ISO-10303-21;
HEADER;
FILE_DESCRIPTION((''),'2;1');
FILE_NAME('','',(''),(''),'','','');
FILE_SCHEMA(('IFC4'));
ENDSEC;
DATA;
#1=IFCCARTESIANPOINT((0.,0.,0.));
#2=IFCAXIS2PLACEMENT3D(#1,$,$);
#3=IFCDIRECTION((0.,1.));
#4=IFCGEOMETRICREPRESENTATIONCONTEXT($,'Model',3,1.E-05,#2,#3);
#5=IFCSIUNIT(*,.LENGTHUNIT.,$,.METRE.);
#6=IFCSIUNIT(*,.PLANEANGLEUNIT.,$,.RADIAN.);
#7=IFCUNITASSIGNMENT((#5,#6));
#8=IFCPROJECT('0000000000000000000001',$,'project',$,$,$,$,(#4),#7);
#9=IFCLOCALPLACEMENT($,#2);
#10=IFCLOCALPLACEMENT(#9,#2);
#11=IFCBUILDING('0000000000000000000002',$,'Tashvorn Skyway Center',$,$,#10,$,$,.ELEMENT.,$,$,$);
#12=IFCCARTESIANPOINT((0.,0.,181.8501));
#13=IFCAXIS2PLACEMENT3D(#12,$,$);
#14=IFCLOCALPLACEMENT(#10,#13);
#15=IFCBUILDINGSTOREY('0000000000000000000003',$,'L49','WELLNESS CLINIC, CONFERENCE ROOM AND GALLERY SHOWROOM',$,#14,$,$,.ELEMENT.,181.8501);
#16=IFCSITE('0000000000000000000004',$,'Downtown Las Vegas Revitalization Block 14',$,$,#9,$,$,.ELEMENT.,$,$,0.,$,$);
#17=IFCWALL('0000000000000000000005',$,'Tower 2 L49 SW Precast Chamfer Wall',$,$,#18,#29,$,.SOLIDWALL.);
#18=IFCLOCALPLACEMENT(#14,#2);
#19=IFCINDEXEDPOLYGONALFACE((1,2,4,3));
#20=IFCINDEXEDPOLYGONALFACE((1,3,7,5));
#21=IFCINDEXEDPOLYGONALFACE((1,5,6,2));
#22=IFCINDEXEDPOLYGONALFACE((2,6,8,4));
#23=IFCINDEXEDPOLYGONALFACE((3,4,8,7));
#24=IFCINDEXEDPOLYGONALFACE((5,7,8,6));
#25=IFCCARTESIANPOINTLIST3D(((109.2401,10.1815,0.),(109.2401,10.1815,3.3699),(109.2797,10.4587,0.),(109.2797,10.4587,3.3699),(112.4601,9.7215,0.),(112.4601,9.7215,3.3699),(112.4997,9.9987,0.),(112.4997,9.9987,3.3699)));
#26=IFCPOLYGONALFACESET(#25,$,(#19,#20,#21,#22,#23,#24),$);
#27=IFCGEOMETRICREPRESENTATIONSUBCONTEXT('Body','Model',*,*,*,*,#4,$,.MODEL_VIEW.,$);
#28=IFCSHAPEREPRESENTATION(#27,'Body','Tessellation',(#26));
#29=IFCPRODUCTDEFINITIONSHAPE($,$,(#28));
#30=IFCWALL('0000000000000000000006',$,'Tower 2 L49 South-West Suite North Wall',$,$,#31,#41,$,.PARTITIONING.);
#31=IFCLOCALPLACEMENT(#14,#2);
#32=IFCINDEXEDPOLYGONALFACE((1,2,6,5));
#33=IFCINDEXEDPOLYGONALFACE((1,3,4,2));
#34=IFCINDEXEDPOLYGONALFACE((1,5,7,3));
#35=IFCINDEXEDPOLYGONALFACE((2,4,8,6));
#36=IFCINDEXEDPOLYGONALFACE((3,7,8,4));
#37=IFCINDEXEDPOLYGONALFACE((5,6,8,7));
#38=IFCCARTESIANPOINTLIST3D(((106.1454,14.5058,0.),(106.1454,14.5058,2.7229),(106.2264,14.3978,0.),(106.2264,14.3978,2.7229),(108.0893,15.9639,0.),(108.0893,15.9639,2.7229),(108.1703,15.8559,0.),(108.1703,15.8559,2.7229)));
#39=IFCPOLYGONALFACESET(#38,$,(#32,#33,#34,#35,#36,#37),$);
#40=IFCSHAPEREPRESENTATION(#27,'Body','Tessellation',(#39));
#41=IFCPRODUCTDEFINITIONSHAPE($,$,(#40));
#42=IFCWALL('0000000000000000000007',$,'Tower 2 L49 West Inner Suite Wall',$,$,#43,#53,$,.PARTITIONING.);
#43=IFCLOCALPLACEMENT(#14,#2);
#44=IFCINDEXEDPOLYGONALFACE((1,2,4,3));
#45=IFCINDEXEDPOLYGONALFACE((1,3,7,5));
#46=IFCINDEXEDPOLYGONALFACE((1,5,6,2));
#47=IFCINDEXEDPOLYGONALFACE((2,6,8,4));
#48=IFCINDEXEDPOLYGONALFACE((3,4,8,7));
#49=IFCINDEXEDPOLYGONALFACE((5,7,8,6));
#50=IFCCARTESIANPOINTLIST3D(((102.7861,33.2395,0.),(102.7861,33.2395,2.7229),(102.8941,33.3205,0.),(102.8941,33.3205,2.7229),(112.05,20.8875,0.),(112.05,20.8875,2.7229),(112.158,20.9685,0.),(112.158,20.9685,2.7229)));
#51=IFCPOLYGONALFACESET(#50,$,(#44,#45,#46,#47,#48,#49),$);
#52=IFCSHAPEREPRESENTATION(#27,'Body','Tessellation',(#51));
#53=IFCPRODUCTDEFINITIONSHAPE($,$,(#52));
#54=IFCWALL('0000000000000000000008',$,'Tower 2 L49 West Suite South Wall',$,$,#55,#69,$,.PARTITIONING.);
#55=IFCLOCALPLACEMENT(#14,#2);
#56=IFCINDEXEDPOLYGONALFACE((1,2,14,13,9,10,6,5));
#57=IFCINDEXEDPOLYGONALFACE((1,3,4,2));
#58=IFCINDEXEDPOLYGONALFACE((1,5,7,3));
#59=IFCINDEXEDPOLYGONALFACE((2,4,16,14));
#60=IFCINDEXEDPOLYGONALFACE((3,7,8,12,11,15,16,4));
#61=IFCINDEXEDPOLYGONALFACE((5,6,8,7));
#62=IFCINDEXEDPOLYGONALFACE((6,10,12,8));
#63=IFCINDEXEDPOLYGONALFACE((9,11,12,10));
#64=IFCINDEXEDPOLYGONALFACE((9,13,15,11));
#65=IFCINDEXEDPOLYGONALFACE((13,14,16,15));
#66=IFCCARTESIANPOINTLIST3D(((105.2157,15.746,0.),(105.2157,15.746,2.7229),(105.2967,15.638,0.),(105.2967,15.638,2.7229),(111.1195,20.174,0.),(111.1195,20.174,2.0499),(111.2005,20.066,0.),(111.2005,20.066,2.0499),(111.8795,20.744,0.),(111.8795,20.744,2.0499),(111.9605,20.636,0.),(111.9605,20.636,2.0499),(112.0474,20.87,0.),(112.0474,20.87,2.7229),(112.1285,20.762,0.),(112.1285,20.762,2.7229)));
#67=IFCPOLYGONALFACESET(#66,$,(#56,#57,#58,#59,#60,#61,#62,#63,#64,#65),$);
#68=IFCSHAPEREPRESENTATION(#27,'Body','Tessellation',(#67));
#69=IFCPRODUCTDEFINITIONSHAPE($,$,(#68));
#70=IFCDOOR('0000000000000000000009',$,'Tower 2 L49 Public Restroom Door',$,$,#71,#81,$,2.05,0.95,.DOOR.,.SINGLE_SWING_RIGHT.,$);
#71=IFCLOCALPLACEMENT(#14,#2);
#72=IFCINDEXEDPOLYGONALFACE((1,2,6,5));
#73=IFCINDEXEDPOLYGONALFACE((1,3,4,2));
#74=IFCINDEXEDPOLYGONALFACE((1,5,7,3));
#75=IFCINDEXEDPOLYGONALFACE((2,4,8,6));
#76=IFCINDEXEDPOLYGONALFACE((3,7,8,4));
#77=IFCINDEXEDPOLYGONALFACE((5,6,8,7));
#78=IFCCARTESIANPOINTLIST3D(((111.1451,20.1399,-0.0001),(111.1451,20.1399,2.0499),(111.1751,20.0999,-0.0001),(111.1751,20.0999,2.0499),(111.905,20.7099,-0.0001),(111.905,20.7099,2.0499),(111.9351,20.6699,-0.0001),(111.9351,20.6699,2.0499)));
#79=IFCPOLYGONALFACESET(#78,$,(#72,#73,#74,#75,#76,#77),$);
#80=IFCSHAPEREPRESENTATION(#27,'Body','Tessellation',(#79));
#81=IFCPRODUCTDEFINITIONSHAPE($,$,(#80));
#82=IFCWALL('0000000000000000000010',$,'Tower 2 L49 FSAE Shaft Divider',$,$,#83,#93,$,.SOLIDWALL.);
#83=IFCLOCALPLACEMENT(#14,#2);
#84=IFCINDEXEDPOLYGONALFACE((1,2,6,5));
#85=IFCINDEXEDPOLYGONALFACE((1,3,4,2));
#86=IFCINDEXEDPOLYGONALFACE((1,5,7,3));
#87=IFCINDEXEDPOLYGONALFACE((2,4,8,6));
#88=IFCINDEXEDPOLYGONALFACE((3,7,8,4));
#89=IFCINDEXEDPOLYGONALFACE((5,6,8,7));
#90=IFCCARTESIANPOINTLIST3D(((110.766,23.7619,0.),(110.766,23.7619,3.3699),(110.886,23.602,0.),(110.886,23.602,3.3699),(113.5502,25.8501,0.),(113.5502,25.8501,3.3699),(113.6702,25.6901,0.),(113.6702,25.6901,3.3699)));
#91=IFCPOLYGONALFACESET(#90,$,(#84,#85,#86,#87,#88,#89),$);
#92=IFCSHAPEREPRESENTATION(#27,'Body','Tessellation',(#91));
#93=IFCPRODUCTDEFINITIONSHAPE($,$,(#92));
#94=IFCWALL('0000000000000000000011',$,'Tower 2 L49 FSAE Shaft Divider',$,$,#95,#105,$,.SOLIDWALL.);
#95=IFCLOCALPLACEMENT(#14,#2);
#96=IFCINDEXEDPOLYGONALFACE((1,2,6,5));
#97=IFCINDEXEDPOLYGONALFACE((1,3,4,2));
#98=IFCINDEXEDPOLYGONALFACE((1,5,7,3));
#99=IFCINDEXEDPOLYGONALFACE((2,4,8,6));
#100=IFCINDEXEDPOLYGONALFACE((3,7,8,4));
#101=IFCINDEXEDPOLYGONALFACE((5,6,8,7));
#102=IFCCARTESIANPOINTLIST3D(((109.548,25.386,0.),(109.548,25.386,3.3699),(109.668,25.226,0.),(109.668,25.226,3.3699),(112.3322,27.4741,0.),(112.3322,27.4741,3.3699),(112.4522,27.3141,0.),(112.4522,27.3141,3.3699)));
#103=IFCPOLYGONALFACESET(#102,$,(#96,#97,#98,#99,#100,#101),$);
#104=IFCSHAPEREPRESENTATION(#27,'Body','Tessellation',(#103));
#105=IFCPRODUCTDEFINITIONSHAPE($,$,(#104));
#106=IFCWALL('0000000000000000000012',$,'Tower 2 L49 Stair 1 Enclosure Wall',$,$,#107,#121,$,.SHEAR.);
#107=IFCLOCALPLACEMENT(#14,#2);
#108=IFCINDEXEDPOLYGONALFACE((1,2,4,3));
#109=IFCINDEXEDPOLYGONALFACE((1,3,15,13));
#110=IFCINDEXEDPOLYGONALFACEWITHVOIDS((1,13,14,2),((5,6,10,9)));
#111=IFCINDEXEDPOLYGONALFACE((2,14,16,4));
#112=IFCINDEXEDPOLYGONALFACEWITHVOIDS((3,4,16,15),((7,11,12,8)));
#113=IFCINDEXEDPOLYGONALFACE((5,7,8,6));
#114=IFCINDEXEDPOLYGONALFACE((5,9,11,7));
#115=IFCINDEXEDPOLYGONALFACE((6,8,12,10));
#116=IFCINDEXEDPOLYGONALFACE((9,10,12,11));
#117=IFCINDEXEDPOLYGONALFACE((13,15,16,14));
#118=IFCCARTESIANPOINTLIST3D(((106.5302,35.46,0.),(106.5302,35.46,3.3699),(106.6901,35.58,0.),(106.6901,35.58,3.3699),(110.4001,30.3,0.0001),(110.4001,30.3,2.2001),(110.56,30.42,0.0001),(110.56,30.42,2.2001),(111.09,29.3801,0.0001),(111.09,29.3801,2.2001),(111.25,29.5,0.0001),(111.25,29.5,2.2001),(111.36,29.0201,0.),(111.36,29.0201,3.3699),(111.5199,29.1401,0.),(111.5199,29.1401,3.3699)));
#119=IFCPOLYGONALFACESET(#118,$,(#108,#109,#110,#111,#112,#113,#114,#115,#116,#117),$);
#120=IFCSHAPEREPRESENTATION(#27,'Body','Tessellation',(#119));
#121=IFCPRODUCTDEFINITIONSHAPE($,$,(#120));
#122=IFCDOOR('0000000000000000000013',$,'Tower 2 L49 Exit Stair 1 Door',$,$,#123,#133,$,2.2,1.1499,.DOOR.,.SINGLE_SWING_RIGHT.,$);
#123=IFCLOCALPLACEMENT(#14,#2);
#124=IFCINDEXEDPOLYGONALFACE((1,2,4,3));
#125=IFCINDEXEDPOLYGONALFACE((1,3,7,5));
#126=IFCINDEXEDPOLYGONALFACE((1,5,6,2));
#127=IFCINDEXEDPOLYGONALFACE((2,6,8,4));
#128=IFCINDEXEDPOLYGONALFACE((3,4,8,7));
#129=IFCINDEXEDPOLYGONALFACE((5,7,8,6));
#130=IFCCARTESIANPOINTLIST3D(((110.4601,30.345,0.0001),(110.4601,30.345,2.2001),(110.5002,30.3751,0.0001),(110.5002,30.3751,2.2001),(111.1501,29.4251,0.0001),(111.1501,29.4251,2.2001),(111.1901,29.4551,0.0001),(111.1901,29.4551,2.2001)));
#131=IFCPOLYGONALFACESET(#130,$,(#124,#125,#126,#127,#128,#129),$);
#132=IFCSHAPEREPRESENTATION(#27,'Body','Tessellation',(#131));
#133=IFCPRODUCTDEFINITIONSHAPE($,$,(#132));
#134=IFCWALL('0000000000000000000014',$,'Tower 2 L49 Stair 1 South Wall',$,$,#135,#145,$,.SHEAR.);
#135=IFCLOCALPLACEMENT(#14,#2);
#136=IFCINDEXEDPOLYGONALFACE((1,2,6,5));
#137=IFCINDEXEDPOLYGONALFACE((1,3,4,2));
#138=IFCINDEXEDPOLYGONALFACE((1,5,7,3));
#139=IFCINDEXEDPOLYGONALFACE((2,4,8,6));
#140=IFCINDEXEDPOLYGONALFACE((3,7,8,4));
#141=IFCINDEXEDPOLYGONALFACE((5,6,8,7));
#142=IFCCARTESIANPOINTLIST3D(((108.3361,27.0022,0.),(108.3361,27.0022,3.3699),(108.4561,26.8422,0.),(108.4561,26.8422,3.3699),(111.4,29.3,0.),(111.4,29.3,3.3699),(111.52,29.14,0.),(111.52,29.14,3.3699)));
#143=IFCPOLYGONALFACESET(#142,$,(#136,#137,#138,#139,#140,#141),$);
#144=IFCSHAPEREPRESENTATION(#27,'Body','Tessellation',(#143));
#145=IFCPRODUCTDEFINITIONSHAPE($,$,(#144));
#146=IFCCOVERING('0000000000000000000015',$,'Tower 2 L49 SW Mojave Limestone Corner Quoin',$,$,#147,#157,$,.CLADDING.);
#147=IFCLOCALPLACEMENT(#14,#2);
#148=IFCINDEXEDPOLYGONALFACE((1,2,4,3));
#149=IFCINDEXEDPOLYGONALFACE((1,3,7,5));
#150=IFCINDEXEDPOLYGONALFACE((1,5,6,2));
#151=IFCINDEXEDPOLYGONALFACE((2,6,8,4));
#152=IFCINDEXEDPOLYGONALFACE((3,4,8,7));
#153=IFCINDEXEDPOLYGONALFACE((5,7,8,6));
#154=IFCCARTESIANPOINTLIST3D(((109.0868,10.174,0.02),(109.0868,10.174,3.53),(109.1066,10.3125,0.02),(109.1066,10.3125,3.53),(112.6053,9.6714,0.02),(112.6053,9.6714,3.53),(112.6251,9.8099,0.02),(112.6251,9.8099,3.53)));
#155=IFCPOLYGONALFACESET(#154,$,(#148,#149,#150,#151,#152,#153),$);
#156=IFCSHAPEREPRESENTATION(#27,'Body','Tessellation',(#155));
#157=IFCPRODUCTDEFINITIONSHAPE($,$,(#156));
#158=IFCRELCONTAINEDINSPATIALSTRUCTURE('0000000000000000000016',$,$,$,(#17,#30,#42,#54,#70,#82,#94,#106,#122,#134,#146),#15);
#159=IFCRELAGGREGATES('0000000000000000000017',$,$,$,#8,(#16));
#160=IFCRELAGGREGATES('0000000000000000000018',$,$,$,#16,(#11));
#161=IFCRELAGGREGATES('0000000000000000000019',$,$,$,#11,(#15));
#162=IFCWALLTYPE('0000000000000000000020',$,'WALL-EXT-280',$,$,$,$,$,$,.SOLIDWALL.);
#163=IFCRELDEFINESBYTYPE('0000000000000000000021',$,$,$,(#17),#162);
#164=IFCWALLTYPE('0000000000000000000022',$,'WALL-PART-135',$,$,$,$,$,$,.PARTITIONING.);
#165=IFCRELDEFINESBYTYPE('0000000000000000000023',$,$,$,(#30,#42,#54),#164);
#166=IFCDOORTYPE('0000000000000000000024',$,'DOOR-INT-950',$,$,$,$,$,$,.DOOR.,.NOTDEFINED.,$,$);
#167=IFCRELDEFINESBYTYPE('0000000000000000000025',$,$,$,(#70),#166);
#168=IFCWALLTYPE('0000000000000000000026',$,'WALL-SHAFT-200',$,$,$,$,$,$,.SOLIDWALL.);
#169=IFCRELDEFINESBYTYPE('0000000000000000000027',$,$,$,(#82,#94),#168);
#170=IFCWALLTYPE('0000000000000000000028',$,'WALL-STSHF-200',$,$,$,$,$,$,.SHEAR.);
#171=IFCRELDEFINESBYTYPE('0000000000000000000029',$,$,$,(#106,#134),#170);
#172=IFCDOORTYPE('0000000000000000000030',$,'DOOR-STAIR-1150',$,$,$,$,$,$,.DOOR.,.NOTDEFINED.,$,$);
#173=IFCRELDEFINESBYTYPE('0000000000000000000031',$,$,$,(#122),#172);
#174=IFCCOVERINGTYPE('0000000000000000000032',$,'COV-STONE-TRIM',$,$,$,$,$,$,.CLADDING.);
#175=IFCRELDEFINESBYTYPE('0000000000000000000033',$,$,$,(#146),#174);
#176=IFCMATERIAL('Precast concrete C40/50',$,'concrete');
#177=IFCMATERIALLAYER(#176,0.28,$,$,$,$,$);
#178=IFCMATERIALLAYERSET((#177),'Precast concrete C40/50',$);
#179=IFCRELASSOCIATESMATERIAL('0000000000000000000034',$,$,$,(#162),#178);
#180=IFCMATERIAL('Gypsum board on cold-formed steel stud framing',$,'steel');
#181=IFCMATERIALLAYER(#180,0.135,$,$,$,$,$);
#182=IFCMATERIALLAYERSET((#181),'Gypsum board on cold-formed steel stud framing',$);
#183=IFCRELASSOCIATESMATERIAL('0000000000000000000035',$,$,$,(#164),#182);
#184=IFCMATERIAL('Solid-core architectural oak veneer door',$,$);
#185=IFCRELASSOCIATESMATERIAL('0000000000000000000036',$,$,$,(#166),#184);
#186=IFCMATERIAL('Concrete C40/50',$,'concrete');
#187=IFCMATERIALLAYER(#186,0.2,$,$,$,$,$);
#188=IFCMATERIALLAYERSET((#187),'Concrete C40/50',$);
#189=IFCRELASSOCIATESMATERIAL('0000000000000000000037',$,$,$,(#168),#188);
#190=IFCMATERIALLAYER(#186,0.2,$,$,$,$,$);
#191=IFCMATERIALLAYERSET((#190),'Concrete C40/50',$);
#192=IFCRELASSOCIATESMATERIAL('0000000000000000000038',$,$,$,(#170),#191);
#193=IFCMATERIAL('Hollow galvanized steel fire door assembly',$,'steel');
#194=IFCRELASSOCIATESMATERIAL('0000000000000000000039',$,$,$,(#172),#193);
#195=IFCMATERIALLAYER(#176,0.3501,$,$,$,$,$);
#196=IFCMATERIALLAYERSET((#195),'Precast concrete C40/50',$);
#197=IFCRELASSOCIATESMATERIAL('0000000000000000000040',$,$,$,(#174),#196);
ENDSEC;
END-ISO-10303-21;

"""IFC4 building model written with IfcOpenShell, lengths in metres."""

from ifc_helpers import new_model, si_unit, direction, frame, frame_2d, origin, origin_2d, place, context, subcontext, project, spatial, rectangle, extrude, material, layer, layer_set, type_object, element, fill, save


model = new_model("IFC4")

# Units and contexts
model_context = context("Model", 3, precision=1e-05, world=origin(), true_north=direction((0.0, 1.0)))
body_context = subcontext(model_context, "Body", "Model", "MODEL_VIEW")
ifc_project = project(units=[si_unit("LENGTHUNIT", "METRE"), si_unit("PLANEANGLEUNIT", "RADIAN")], contexts=[model_context])

# Site, building, storey
site_placement = place(None, origin())
site = spatial("IfcSite", under=ifc_project, at=site_placement, Name="Downtown Las Vegas Revitalization Block 14", CompositionType="ELEMENT", RefElevation=0.0)
building_placement = place(site_placement, origin())
building = spatial("IfcBuilding", under=site, at=building_placement, Name="Tashvorn Skyway Center", CompositionType="ELEMENT")
storey_placement = place(building_placement, frame((0.0, 0.0, 181.8501)))
storey = spatial("IfcBuildingStorey", under=building, at=storey_placement, Name="L49", Description="WELLNESS CLINIC, CONFERENCE ROOM AND GALLERY SHOWROOM", CompositionType="ELEMENT", Elevation=181.8501)

# Walls
ifc_material_1 = material(Name="Precast concrete C40/50", Category="concrete")
ifc_layer_1 = layer(ifc_material_1, 0.28)
ifc_layer_set_1 = layer_set([ifc_layer_1], Name="Precast concrete C40/50")
wall_type_1 = type_object("IfcWallType", Name="WALL-EXT-280", PredefinedType="SOLIDWALL", material=ifc_layer_set_1)
wall_1_placement = place(storey_placement, frame((112.48, 9.8601, 0.0), z_axis=(0.0, 0.0, 1.0), x_axis=(-0.989951, 0.141411, 0.0)))
element("IfcWall", 1, at=wall_1_placement, inside=storey, type_object=wall_type_1, Name="Tower 2 L49 SW Precast Chamfer Wall", PredefinedType="SOLIDWALL", context=body_context, shape_type="SweptSolid", body=[
    extrude(rectangle(XDim=3.2527, YDim=0.28, at=frame_2d((1.6265, 0.0))), origin(), (0.0, 0.0, 1.0), 3.3699),
])
ifc_material_2 = material(Name="Gypsum board on cold-formed steel stud framing", Category="steel")
ifc_layer_2 = layer(ifc_material_2, 0.135)
ifc_layer_set_2 = layer_set([ifc_layer_2], Name="Gypsum board on cold-formed steel stud framing")
wall_type_2 = type_object("IfcWallType", Name="WALL-PART-135", PredefinedType="PARTITIONING", material=ifc_layer_set_2)
wall_2_placement = place(storey_placement, frame((106.186, 14.4519, 0.0), z_axis=(0.0, 0.0, 1.0), x_axis=(0.799976, 0.600032, 0.0)))
element("IfcWall", 2, at=wall_2_placement, inside=storey, type_object=wall_type_2, Name="Tower 2 L49 South-West Suite North Wall", PredefinedType="PARTITIONING", context=body_context, shape_type="SweptSolid", body=[
    extrude(rectangle(XDim=2.4299, YDim=0.135, at=frame_2d((1.2148, 0.0))), origin(), (0.0, 0.0, 1.0), 2.7229),
])
wall_3_placement = place(storey_placement, frame((112.104, 20.928, 0.0), z_axis=(0.0, 0.0, 1.0), x_axis=(-0.599995, 0.800004, 0.0)))
element("IfcWall", 3, at=wall_3_placement, inside=storey, type_object=wall_type_2, Name="Tower 2 L49 West Inner Suite Wall", PredefinedType="PARTITIONING", context=body_context, shape_type="SweptSolid", body=[
    extrude(rectangle(XDim=15.4399, YDim=0.135, at=frame_2d((7.72, 0.0))), origin(), (0.0, 0.0, 1.0), 2.7229),
])

# Wall, opening, door
wall_4_placement = place(storey_placement, frame((105.2561, 15.6919, 0.0), z_axis=(0.0, 0.0, 1.0), x_axis=(0.79999, 0.600014, 0.0)))
wall_4 = element("IfcWall", 4, at=wall_4_placement, inside=storey, type_object=wall_type_2, Name="Tower 2 L49 West Suite South Wall", PredefinedType="PARTITIONING", context=body_context, shape_type="SweptSolid", body=[
    extrude(rectangle(XDim=8.5398, YDim=0.135, at=frame_2d((4.27, 0.0))), origin(), (0.0, 0.0, 1.0), 2.7229),
])
opening_1_placement = place(wall_4_placement, frame((7.3799, 0.0, 0.0)))
opening_1 = element("IfcOpeningElement", 5, at=opening_1_placement, cuts=wall_4, PredefinedType="OPENING", context=body_context, shape_type="SweptSolid", body=[
    extrude(rectangle(XDim=0.95, YDim=2.05, at=frame_2d((0.4751, 1.0249))), frame((0.0, 0.0774, 0.0), z_axis=(0.0, -1.0, 0.0), x_axis=(1.0, 0.0, 0.0)), (0.0, 0.0, 1.0), 0.155),
])
ifc_material_3 = material(Name="Solid-core architectural oak veneer door")
door_type_1 = type_object("IfcDoorType", Name="DOOR-INT-950", OperationType="NOTDEFINED", PredefinedType="DOOR", material=ifc_material_3)
door_1_placement = place(opening_1_placement, origin())
door_1 = element("IfcDoor", 6, at=door_1_placement, inside=storey, type_object=door_type_1, Name="Tower 2 L49 Public Restroom Door", OperationType="SINGLE_SWING_RIGHT", OverallHeight=2.05, OverallWidth=0.95, PredefinedType="DOOR", context=body_context, shape_type="SweptSolid", body=[
    extrude(rectangle(XDim=0.95, YDim=2.05, at=frame_2d((0.4751, 1.0249))), frame((0.0, 0.0249, 0.0), z_axis=(0.0, -1.0, 0.0), x_axis=(1.0, 0.0, 0.0)), (0.0, 0.0, 1.0), 0.05),
])
fill(opening_1, door_1)

# Walls
ifc_material_4 = material(Name="Concrete C40/50", Category="concrete")
ifc_layer_3 = layer(ifc_material_4, 0.2)
ifc_layer_set_3 = layer_set([ifc_layer_3], Name="Concrete C40/50")
wall_type_3 = type_object("IfcWallType", Name="WALL-SHAFT-200", PredefinedType="SOLIDWALL", material=ifc_layer_set_3)
for number, where, z_axis, x_axis, name in (
    (7, (110.8259, 23.6819, 0.0), (0.0, 0.0, 1.0), (0.8, 0.6, 0.0), "Tower 2 L49 FSAE Shaft Divider"),
    (8, (109.6079, 25.3059, 0.0), (0.0, 0.0, 1.0), (0.8, 0.6, 0.0), "Tower 2 L49 FSAE Shaft Divider"),
):
    element("IfcWall", number, at=place(storey_placement, frame(where, z_axis=z_axis, x_axis=x_axis)), inside=storey, type_object=wall_type_3, Name=name, PredefinedType="SOLIDWALL", context=body_context, shape_type="SweptSolid", body=[
        extrude(rectangle(XDim=3.4802, YDim=0.2, at=frame_2d((1.7402, 0.0))), origin(), (0.0, 0.0, 1.0), 3.3699),
    ])

# Wall, opening, door
ifc_layer_4 = layer(ifc_material_4, 0.2)
ifc_layer_set_4 = layer_set([ifc_layer_4], Name="Concrete C40/50")
wall_type_4 = type_object("IfcWallType", Name="WALL-STSHF-200", PredefinedType="SHEAR", material=ifc_layer_set_4)
wall_5_placement = place(storey_placement, frame((111.4399, 29.0801, 0.0), z_axis=(0.0, 0.0, 1.0), x_axis=(-0.59999, 0.800007, 0.0)))
wall_5 = element("IfcWall", 9, at=wall_5_placement, inside=storey, type_object=wall_type_4, Name="Tower 2 L49 Stair 1 Enclosure Wall", PredefinedType="SHEAR", context=body_context, shape_type="SweptSolid", body=[
    extrude(rectangle(XDim=8.0498, YDim=0.2, at=frame_2d((4.0249, 0.0))), origin(), (0.0, 0.0, 1.0), 3.3699),
])
opening_2_placement = place(wall_5_placement, frame((0.45, 0.0, 0.0)))
opening_2 = element("IfcOpeningElement", 10, at=opening_2_placement, cuts=wall_5, PredefinedType="OPENING", context=body_context, shape_type="SweptSolid", body=[
    extrude(rectangle(XDim=1.1499, YDim=2.2, at=frame_2d((0.575, 1.1001))), frame((0.0, 0.1099, 0.0), z_axis=(0.0, -1.0, 0.0), x_axis=(1.0, 0.0, 0.0)), (0.0, 0.0, 1.0), 0.22),
])
ifc_material_5 = material(Name="Hollow galvanized steel fire door assembly", Category="steel")
door_type_2 = type_object("IfcDoorType", Name="DOOR-STAIR-1150", OperationType="NOTDEFINED", PredefinedType="DOOR", material=ifc_material_5)
door_2_placement = place(opening_2_placement, origin())
door_2 = element("IfcDoor", 11, at=door_2_placement, inside=storey, type_object=door_type_2, Name="Tower 2 L49 Exit Stair 1 Door", OperationType="SINGLE_SWING_RIGHT", OverallHeight=2.2, OverallWidth=1.1499, PredefinedType="DOOR", context=body_context, shape_type="SweptSolid", body=[
    extrude(rectangle(XDim=1.1499, YDim=2.2, at=frame_2d((0.575, 1.1001))), frame((0.0, 0.0249, 0.0), z_axis=(0.0, -1.0, 0.0), x_axis=(1.0, 0.0, 0.0)), (0.0, 0.0, 1.0), 0.05),
])
fill(opening_2, door_2)

# Wall
wall_6_placement = place(storey_placement, frame((108.396, 26.9221, 0.0), z_axis=(0.0, 0.0, 1.0), x_axis=(0.800015, 0.59998, 0.0)))
element("IfcWall", 12, at=wall_6_placement, inside=storey, type_object=wall_type_4, Name="Tower 2 L49 Stair 1 South Wall", PredefinedType="SHEAR", context=body_context, shape_type="SweptSolid", body=[
    extrude(rectangle(XDim=3.8298, YDim=0.2, at=frame_2d((1.915, 0.0))), origin(), (0.0, 0.0, 1.0), 3.3699),
])

# Covering
ifc_layer_5 = layer(ifc_material_1, 0.3501)
ifc_layer_set_5 = layer_set([ifc_layer_5], Name="Precast concrete C40/50")
covering_type = type_object("IfcCoveringType", Name="COV-STONE-TRIM", PredefinedType="CLADDING", material=ifc_layer_set_5)
covering_placement = place(storey_placement, frame((110.856, 9.9919, 0.02), z_axis=(0.0, 0.0, 1.0), x_axis=(-0.989949, 0.141421, 0.0)))
element("IfcCovering", 13, at=covering_placement, inside=storey, type_object=covering_type, Name="Tower 2 L49 SW Mojave Limestone Corner Quoin", PredefinedType="CLADDING", context=body_context, shape_type="SweptSolid", body=[
    extrude(rectangle(XDim=3.5542, YDim=0.1399, at=origin_2d()), origin(), (0.0, 0.0, 1.0), 3.51),
])

save(model, "model.ifc")
